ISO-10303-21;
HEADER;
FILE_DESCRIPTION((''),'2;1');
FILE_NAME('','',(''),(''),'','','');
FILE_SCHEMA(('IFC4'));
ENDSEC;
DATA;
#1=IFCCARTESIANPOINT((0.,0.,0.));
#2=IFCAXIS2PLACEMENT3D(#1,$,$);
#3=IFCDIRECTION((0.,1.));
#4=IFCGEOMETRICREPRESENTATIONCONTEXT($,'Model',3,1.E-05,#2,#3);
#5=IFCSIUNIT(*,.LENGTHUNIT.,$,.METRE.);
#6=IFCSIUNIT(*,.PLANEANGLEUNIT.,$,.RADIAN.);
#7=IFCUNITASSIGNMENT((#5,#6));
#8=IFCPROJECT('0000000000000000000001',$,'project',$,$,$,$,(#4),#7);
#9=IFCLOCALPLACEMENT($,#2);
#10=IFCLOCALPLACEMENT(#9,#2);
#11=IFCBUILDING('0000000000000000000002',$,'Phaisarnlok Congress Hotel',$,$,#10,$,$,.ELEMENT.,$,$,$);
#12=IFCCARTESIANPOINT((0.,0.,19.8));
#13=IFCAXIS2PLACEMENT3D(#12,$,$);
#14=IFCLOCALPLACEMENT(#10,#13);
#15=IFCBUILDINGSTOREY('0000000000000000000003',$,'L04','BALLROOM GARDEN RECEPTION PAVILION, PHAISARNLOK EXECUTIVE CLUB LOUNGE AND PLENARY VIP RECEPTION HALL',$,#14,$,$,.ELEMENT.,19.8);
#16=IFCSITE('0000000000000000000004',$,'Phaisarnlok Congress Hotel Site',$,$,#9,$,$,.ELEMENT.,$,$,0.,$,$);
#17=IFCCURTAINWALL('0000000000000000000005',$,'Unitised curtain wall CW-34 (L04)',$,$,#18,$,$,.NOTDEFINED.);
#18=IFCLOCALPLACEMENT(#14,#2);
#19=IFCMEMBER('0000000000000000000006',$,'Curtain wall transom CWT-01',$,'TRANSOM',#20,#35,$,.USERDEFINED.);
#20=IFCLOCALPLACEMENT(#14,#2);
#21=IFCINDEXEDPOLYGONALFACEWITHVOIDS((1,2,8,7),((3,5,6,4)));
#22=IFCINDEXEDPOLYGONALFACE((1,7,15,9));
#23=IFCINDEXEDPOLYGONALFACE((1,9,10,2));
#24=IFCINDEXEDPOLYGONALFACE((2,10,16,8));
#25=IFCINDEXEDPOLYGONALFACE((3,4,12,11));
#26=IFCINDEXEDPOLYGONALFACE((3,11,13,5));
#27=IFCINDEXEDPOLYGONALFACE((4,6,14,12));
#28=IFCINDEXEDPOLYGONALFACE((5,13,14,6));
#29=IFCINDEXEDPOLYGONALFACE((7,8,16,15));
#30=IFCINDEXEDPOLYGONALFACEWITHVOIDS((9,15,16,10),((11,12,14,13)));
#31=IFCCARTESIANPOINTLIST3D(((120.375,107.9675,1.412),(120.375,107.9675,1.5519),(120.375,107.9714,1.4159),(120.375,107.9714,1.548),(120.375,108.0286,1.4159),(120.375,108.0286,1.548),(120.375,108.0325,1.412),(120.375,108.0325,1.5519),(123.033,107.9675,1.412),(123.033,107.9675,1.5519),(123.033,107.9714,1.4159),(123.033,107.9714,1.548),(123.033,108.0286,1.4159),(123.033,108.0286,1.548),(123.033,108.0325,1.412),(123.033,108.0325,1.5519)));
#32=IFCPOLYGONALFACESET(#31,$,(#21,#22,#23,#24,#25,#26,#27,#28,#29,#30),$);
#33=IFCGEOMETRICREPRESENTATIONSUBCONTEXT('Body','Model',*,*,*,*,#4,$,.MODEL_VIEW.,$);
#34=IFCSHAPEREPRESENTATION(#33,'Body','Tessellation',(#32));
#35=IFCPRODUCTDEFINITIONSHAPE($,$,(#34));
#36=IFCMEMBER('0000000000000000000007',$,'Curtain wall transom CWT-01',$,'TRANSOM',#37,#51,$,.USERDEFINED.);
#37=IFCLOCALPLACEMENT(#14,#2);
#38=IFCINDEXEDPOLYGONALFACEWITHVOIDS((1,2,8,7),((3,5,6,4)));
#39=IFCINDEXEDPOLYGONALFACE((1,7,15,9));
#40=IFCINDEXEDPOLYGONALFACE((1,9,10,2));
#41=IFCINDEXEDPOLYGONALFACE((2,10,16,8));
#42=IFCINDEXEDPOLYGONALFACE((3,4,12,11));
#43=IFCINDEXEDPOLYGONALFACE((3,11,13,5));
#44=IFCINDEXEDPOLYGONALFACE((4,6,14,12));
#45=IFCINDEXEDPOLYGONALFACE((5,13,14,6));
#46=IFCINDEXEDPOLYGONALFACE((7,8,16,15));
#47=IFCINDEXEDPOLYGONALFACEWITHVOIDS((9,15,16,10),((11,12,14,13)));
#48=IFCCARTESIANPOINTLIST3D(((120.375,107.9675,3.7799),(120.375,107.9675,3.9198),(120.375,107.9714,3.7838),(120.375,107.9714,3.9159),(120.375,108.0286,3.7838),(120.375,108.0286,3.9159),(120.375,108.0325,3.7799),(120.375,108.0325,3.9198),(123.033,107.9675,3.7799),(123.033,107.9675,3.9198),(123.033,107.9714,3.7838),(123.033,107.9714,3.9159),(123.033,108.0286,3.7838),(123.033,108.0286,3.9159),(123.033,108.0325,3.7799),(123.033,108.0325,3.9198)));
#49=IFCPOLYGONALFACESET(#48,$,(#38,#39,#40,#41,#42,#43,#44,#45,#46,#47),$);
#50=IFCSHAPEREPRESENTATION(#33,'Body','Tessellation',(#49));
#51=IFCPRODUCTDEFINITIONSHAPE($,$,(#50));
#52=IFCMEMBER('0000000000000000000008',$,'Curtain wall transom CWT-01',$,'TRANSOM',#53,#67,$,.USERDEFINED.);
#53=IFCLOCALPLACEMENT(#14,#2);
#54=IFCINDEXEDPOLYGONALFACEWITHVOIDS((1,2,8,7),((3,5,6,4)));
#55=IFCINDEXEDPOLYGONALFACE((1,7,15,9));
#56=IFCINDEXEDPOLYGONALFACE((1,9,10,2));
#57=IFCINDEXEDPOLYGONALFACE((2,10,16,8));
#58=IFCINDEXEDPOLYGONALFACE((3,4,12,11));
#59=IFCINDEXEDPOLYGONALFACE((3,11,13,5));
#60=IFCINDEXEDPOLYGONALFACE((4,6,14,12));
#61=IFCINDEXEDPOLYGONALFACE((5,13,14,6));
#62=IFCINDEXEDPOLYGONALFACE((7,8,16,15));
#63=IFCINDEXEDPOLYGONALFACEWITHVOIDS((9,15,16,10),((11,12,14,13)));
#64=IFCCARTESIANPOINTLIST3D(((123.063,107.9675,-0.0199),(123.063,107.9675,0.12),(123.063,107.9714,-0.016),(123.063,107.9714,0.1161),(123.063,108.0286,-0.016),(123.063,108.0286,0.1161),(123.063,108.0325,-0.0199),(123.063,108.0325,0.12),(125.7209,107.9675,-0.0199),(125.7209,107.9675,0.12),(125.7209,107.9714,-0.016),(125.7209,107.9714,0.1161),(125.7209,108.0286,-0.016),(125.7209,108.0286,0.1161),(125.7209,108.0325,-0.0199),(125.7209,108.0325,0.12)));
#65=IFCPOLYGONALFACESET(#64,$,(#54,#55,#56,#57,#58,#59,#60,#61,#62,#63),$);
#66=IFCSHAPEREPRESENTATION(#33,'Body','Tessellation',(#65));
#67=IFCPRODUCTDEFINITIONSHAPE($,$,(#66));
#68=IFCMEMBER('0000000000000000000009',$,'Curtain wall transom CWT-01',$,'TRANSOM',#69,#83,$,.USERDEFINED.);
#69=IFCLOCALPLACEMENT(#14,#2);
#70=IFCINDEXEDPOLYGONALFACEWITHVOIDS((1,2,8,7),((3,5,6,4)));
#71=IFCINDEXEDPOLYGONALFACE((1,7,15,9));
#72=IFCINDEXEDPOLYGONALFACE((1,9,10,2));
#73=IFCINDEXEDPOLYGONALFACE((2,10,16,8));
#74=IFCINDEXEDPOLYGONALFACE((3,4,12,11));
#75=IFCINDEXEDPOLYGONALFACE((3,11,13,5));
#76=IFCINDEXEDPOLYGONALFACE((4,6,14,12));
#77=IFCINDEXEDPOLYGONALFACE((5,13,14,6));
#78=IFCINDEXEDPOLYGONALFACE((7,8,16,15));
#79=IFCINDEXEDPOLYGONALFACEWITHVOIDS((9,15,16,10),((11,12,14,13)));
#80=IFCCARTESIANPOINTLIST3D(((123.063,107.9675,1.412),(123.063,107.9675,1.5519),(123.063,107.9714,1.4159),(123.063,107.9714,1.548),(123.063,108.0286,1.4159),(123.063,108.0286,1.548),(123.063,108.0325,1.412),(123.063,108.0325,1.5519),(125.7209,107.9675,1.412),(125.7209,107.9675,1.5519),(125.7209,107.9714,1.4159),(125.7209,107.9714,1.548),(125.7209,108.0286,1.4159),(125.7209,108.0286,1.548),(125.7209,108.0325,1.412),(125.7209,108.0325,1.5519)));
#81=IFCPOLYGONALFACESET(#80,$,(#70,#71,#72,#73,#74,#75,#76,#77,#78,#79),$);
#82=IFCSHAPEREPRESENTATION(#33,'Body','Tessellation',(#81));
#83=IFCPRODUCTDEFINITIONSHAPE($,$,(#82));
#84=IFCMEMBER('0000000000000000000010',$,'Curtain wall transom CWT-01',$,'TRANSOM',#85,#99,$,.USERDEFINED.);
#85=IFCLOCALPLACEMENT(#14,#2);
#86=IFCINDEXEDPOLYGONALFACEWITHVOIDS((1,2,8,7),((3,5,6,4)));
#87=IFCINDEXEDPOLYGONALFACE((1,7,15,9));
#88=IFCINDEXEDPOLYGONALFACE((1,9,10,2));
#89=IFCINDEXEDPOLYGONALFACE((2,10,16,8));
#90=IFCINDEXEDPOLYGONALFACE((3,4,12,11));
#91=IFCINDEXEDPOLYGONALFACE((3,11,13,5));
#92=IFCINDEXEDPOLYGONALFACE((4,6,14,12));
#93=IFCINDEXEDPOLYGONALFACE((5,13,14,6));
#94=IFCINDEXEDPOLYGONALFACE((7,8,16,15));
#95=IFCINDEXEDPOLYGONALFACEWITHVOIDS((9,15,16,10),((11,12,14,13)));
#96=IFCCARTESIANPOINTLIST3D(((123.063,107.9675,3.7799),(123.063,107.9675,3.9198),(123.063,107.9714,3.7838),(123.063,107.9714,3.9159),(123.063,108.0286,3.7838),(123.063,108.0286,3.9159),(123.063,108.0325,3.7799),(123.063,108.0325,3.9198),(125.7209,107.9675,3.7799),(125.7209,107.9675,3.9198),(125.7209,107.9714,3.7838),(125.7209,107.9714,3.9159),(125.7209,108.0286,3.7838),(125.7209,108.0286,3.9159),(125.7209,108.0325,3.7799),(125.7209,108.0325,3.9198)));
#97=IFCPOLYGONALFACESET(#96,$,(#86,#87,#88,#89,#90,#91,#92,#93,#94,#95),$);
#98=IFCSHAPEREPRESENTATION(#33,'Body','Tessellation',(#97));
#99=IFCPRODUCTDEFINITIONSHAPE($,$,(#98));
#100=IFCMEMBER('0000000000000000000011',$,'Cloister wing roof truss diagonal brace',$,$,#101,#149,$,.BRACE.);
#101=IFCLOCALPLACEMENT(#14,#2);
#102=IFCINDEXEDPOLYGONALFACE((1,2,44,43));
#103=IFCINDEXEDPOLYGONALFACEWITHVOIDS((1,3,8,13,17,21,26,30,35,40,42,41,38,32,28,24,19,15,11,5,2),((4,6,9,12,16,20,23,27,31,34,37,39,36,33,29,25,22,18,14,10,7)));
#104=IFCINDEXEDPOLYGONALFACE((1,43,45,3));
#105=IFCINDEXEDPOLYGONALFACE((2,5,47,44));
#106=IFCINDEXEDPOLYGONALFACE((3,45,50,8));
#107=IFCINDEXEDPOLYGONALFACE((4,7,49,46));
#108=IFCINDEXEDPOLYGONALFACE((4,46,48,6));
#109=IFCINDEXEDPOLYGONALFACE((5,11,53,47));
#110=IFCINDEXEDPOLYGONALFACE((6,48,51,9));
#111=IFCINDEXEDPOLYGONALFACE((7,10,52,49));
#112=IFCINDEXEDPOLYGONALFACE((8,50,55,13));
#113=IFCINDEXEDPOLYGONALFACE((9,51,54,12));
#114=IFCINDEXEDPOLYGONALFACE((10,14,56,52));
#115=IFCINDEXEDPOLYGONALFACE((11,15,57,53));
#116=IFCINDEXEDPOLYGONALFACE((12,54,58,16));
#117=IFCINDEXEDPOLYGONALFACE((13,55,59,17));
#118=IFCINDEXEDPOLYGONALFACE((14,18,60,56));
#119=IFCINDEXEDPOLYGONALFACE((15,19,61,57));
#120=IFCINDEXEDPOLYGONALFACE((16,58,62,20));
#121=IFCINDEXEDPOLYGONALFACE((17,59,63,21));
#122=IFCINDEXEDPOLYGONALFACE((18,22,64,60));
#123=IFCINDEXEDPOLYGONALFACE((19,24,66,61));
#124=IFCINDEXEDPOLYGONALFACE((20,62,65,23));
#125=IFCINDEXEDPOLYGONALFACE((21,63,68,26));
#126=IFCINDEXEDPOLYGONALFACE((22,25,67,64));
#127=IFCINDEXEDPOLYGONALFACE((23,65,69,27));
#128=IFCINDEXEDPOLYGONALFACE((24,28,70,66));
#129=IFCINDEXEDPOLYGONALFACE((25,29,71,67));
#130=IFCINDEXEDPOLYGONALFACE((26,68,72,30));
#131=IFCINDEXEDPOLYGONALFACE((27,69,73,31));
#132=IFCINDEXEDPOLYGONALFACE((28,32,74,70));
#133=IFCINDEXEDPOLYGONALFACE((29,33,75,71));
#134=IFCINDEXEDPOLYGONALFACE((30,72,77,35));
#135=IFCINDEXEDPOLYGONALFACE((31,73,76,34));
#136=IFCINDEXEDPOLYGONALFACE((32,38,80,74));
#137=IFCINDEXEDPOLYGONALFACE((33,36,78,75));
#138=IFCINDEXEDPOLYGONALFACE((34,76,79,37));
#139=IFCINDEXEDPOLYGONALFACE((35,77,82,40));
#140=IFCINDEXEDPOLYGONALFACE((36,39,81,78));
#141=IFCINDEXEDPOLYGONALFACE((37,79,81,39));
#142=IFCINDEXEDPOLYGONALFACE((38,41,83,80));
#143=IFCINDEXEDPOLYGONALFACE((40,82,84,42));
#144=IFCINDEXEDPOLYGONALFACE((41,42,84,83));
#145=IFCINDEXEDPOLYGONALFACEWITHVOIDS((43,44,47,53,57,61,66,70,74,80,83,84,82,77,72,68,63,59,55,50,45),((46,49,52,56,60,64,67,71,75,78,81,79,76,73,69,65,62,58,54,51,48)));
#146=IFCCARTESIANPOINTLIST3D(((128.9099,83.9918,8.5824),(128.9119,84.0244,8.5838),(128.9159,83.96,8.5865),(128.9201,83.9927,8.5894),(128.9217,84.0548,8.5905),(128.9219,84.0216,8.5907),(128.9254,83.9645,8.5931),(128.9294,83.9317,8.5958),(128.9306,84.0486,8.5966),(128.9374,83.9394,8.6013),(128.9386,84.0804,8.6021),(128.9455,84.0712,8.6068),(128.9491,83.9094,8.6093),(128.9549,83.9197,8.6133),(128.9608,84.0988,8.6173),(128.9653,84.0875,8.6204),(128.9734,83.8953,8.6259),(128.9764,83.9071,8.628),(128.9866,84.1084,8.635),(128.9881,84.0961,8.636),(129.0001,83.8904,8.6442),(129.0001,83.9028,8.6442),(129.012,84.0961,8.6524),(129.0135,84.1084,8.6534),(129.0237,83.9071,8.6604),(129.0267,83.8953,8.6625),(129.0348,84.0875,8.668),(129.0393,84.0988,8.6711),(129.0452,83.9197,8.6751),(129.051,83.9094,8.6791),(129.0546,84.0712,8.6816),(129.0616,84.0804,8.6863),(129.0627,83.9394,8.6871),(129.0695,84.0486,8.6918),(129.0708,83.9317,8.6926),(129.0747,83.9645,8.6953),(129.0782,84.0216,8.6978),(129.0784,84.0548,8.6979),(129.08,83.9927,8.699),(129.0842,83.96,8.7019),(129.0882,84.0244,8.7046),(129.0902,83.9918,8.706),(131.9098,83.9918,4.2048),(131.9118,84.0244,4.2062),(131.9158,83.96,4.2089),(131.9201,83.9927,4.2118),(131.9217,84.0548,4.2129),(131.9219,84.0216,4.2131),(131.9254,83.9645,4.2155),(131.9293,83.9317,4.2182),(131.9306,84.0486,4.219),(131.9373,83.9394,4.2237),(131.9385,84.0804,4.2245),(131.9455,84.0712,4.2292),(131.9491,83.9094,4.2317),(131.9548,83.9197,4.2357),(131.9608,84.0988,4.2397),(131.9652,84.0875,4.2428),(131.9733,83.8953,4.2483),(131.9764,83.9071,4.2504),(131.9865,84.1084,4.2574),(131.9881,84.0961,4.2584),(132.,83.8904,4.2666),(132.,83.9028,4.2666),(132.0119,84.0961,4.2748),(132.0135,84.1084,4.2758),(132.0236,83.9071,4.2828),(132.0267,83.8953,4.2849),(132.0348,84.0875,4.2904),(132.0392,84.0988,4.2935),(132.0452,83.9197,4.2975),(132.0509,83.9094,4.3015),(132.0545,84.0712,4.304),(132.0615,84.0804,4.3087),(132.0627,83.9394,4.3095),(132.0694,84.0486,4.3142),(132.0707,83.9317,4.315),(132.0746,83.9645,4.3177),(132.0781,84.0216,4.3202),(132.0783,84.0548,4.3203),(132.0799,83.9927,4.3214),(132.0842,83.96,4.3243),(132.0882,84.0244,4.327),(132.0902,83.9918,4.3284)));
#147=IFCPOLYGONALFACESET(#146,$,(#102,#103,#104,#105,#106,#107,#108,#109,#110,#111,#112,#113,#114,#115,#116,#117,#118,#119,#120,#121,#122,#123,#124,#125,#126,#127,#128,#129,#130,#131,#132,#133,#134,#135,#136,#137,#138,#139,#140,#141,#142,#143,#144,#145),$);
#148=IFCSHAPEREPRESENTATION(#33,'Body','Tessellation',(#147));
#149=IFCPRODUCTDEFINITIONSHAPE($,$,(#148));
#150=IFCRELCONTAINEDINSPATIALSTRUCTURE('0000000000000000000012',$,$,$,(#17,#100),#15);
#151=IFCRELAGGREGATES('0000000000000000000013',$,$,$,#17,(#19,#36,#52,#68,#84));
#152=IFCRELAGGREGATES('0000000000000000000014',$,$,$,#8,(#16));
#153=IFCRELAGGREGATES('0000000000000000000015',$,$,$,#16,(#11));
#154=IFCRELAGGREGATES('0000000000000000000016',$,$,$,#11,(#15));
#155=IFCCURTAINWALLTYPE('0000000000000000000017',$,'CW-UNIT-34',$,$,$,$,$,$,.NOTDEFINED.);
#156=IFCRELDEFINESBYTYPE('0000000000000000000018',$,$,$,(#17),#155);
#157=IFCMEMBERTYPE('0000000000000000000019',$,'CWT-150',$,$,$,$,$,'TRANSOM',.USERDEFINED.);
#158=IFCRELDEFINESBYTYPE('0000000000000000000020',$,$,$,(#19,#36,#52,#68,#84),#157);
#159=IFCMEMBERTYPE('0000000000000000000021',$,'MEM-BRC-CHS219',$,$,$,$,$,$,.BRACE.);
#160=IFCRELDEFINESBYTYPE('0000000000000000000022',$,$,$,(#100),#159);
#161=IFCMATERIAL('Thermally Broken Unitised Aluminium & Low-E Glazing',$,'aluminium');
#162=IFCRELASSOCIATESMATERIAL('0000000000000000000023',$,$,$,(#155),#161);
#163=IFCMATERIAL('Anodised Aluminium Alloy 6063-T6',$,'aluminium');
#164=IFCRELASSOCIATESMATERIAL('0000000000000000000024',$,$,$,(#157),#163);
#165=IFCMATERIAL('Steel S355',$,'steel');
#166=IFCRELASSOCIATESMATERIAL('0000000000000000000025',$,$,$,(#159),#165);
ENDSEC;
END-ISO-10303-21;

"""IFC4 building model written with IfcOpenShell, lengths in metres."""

from ifc_helpers import new_model, si_unit, direction, frame, origin, origin_2d, place, context, subcontext, project, spatial, hollow_rectangle, hollow_circle, extrude, material, material_profile, profile_set, type_object, element, aggregate, save


model = new_model("IFC4")

# Units and contexts
model_context = context("Model", 3, precision=1e-05, world=origin(), true_north=direction((0.0, 1.0)))
body_context = subcontext(model_context, "Body", "Model", "MODEL_VIEW")
ifc_project = project(units=[si_unit("LENGTHUNIT", "METRE"), si_unit("PLANEANGLEUNIT", "RADIAN")], contexts=[model_context])

# Site, building, storey
site_placement = place(None, origin())
site = spatial("IfcSite", under=ifc_project, at=site_placement, Name="Phaisarnlok Congress Hotel Site", CompositionType="ELEMENT", RefElevation=0.0)
building_placement = place(site_placement, origin())
building = spatial("IfcBuilding", under=site, at=building_placement, Name="Phaisarnlok Congress Hotel", CompositionType="ELEMENT")
storey_placement = place(building_placement, frame((0.0, 0.0, 19.8)))
storey = spatial("IfcBuildingStorey", under=building, at=storey_placement, Name="L04", Description="BALLROOM GARDEN RECEPTION PAVILION, PHAISARNLOK EXECUTIVE CLUB LOUNGE AND PLENARY VIP RECEPTION HALL", CompositionType="ELEMENT", Elevation=19.8)

# Shared definitions
ifc_material_1 = material(Name="Steel S355", Category="steel")

# Curtain wall, members
ifc_material_2 = material(Name="Thermally Broken Unitised Aluminium & Low-E Glazing", Category="aluminium")
curtain_wall_type = type_object("IfcCurtainWallType", Name="CW-UNIT-34", PredefinedType="NOTDEFINED", material=ifc_material_2)
curtain_wall_placement = place(storey_placement, origin())
curtain_wall = element("IfcCurtainWall", 1, at=curtain_wall_placement, inside=storey, type_object=curtain_wall_type, Name="Unitised curtain wall CW-34 (L04)", PredefinedType="NOTDEFINED")
ifc_material_3 = material(Name="Anodised Aluminium Alloy 6063-T6", Category="aluminium")
ifc_material_profile_1 = material_profile(ifc_material_3, hollow_rectangle(XDim=0.0649, YDim=0.1399, WallThickness=0.0039, at=origin_2d()), Name="ALU-T 65x140x4")
ifc_profile_set_1 = profile_set([ifc_material_profile_1], Name="Anodised Aluminium Alloy 6063-T6")
member_type_1 = type_object("IfcMemberType", Name="CWT-150", ElementType="TRANSOM", PredefinedType="USERDEFINED", material=ifc_profile_set_1)
member_1_placement = place(storey_placement, frame((120.375, 108.0, 1.4819), z_axis=(1.0, 0.0, 0.0), x_axis=(0.0, 1.0, 0.0)))
member_1 = element("IfcMember", 2, at=member_1_placement, type_object=member_type_1, Name="Curtain wall transom CWT-01", ObjectType="TRANSOM", PredefinedType="USERDEFINED", context=body_context, shape_type="SweptSolid", body=[
    extrude(hollow_rectangle(XDim=0.0649, YDim=0.1399, WallThickness=0.0039, at=origin_2d()), origin(), (0.0, 0.0, 1.0), 2.658),
])
member_2_placement = place(storey_placement, frame((120.375, 108.0, 3.8499), z_axis=(1.0, 0.0, 0.0), x_axis=(0.0, 1.0, 0.0)))
member_2 = element("IfcMember", 3, at=member_2_placement, type_object=member_type_1, Name="Curtain wall transom CWT-01", ObjectType="TRANSOM", PredefinedType="USERDEFINED", context=body_context, shape_type="SweptSolid", body=[
    extrude(hollow_rectangle(XDim=0.0649, YDim=0.1399, WallThickness=0.0039, at=origin_2d()), origin(), (0.0, 0.0, 1.0), 2.658),
])
member_3_placement = place(storey_placement, frame((123.063, 108.0, 0.05), z_axis=(1.0, 0.0, 0.0), x_axis=(0.0, 1.0, 0.0)))
member_3 = element("IfcMember", 4, at=member_3_placement, type_object=member_type_1, Name="Curtain wall transom CWT-01", ObjectType="TRANSOM", PredefinedType="USERDEFINED", context=body_context, shape_type="SweptSolid", body=[
    extrude(hollow_rectangle(XDim=0.0649, YDim=0.1399, WallThickness=0.0039, at=origin_2d()), origin(), (0.0, 0.0, 1.0), 2.658),
])
member_4_placement = place(storey_placement, frame((123.063, 108.0, 1.4819), z_axis=(1.0, 0.0, 0.0), x_axis=(0.0, 1.0, 0.0)))
member_4 = element("IfcMember", 5, at=member_4_placement, type_object=member_type_1, Name="Curtain wall transom CWT-01", ObjectType="TRANSOM", PredefinedType="USERDEFINED", context=body_context, shape_type="SweptSolid", body=[
    extrude(hollow_rectangle(XDim=0.0649, YDim=0.1399, WallThickness=0.0039, at=origin_2d()), origin(), (0.0, 0.0, 1.0), 2.658),
])
member_5_placement = place(storey_placement, frame((123.063, 108.0, 3.8499), z_axis=(1.0, 0.0, 0.0), x_axis=(0.0, 1.0, 0.0)))
member_5 = element("IfcMember", 6, at=member_5_placement, type_object=member_type_1, Name="Curtain wall transom CWT-01", ObjectType="TRANSOM", PredefinedType="USERDEFINED", context=body_context, shape_type="SweptSolid", body=[
    extrude(hollow_rectangle(XDim=0.0649, YDim=0.1399, WallThickness=0.0039, at=origin_2d()), origin(), (0.0, 0.0, 1.0), 2.658),
])

# Member
ifc_material_profile_2 = material_profile(ifc_material_1, hollow_circle(Radius=0.1096, WallThickness=0.0125, at=origin_2d()), Name="CHS 219.1x12.5")
ifc_profile_set_2 = profile_set([ifc_material_profile_2], Name="Steel S355")
member_type_2 = type_object("IfcMemberType", Name="MEM-BRC-CHS219", PredefinedType="BRACE", material=ifc_profile_set_2)
member_6_placement = place(storey_placement, frame((132.0, 84.0, 4.2666), z_axis=(-0.565292, 0.0, 0.824891), x_axis=(0.0, -1.0, 0.0)))
element("IfcMember", 7, at=member_6_placement, inside=storey, type_object=member_type_2, Name="Cloister wing roof truss diagonal brace", PredefinedType="BRACE", context=body_context, shape_type="SweptSolid", body=[
    extrude(hollow_circle(Radius=0.1096, WallThickness=0.0125, at=origin_2d()), origin(), (0.0, 0.0, 1.0), 5.3069),
])

aggregate(curtain_wall, [member_1, member_2, member_3, member_4, member_5])

save(model, "model.ifc")
